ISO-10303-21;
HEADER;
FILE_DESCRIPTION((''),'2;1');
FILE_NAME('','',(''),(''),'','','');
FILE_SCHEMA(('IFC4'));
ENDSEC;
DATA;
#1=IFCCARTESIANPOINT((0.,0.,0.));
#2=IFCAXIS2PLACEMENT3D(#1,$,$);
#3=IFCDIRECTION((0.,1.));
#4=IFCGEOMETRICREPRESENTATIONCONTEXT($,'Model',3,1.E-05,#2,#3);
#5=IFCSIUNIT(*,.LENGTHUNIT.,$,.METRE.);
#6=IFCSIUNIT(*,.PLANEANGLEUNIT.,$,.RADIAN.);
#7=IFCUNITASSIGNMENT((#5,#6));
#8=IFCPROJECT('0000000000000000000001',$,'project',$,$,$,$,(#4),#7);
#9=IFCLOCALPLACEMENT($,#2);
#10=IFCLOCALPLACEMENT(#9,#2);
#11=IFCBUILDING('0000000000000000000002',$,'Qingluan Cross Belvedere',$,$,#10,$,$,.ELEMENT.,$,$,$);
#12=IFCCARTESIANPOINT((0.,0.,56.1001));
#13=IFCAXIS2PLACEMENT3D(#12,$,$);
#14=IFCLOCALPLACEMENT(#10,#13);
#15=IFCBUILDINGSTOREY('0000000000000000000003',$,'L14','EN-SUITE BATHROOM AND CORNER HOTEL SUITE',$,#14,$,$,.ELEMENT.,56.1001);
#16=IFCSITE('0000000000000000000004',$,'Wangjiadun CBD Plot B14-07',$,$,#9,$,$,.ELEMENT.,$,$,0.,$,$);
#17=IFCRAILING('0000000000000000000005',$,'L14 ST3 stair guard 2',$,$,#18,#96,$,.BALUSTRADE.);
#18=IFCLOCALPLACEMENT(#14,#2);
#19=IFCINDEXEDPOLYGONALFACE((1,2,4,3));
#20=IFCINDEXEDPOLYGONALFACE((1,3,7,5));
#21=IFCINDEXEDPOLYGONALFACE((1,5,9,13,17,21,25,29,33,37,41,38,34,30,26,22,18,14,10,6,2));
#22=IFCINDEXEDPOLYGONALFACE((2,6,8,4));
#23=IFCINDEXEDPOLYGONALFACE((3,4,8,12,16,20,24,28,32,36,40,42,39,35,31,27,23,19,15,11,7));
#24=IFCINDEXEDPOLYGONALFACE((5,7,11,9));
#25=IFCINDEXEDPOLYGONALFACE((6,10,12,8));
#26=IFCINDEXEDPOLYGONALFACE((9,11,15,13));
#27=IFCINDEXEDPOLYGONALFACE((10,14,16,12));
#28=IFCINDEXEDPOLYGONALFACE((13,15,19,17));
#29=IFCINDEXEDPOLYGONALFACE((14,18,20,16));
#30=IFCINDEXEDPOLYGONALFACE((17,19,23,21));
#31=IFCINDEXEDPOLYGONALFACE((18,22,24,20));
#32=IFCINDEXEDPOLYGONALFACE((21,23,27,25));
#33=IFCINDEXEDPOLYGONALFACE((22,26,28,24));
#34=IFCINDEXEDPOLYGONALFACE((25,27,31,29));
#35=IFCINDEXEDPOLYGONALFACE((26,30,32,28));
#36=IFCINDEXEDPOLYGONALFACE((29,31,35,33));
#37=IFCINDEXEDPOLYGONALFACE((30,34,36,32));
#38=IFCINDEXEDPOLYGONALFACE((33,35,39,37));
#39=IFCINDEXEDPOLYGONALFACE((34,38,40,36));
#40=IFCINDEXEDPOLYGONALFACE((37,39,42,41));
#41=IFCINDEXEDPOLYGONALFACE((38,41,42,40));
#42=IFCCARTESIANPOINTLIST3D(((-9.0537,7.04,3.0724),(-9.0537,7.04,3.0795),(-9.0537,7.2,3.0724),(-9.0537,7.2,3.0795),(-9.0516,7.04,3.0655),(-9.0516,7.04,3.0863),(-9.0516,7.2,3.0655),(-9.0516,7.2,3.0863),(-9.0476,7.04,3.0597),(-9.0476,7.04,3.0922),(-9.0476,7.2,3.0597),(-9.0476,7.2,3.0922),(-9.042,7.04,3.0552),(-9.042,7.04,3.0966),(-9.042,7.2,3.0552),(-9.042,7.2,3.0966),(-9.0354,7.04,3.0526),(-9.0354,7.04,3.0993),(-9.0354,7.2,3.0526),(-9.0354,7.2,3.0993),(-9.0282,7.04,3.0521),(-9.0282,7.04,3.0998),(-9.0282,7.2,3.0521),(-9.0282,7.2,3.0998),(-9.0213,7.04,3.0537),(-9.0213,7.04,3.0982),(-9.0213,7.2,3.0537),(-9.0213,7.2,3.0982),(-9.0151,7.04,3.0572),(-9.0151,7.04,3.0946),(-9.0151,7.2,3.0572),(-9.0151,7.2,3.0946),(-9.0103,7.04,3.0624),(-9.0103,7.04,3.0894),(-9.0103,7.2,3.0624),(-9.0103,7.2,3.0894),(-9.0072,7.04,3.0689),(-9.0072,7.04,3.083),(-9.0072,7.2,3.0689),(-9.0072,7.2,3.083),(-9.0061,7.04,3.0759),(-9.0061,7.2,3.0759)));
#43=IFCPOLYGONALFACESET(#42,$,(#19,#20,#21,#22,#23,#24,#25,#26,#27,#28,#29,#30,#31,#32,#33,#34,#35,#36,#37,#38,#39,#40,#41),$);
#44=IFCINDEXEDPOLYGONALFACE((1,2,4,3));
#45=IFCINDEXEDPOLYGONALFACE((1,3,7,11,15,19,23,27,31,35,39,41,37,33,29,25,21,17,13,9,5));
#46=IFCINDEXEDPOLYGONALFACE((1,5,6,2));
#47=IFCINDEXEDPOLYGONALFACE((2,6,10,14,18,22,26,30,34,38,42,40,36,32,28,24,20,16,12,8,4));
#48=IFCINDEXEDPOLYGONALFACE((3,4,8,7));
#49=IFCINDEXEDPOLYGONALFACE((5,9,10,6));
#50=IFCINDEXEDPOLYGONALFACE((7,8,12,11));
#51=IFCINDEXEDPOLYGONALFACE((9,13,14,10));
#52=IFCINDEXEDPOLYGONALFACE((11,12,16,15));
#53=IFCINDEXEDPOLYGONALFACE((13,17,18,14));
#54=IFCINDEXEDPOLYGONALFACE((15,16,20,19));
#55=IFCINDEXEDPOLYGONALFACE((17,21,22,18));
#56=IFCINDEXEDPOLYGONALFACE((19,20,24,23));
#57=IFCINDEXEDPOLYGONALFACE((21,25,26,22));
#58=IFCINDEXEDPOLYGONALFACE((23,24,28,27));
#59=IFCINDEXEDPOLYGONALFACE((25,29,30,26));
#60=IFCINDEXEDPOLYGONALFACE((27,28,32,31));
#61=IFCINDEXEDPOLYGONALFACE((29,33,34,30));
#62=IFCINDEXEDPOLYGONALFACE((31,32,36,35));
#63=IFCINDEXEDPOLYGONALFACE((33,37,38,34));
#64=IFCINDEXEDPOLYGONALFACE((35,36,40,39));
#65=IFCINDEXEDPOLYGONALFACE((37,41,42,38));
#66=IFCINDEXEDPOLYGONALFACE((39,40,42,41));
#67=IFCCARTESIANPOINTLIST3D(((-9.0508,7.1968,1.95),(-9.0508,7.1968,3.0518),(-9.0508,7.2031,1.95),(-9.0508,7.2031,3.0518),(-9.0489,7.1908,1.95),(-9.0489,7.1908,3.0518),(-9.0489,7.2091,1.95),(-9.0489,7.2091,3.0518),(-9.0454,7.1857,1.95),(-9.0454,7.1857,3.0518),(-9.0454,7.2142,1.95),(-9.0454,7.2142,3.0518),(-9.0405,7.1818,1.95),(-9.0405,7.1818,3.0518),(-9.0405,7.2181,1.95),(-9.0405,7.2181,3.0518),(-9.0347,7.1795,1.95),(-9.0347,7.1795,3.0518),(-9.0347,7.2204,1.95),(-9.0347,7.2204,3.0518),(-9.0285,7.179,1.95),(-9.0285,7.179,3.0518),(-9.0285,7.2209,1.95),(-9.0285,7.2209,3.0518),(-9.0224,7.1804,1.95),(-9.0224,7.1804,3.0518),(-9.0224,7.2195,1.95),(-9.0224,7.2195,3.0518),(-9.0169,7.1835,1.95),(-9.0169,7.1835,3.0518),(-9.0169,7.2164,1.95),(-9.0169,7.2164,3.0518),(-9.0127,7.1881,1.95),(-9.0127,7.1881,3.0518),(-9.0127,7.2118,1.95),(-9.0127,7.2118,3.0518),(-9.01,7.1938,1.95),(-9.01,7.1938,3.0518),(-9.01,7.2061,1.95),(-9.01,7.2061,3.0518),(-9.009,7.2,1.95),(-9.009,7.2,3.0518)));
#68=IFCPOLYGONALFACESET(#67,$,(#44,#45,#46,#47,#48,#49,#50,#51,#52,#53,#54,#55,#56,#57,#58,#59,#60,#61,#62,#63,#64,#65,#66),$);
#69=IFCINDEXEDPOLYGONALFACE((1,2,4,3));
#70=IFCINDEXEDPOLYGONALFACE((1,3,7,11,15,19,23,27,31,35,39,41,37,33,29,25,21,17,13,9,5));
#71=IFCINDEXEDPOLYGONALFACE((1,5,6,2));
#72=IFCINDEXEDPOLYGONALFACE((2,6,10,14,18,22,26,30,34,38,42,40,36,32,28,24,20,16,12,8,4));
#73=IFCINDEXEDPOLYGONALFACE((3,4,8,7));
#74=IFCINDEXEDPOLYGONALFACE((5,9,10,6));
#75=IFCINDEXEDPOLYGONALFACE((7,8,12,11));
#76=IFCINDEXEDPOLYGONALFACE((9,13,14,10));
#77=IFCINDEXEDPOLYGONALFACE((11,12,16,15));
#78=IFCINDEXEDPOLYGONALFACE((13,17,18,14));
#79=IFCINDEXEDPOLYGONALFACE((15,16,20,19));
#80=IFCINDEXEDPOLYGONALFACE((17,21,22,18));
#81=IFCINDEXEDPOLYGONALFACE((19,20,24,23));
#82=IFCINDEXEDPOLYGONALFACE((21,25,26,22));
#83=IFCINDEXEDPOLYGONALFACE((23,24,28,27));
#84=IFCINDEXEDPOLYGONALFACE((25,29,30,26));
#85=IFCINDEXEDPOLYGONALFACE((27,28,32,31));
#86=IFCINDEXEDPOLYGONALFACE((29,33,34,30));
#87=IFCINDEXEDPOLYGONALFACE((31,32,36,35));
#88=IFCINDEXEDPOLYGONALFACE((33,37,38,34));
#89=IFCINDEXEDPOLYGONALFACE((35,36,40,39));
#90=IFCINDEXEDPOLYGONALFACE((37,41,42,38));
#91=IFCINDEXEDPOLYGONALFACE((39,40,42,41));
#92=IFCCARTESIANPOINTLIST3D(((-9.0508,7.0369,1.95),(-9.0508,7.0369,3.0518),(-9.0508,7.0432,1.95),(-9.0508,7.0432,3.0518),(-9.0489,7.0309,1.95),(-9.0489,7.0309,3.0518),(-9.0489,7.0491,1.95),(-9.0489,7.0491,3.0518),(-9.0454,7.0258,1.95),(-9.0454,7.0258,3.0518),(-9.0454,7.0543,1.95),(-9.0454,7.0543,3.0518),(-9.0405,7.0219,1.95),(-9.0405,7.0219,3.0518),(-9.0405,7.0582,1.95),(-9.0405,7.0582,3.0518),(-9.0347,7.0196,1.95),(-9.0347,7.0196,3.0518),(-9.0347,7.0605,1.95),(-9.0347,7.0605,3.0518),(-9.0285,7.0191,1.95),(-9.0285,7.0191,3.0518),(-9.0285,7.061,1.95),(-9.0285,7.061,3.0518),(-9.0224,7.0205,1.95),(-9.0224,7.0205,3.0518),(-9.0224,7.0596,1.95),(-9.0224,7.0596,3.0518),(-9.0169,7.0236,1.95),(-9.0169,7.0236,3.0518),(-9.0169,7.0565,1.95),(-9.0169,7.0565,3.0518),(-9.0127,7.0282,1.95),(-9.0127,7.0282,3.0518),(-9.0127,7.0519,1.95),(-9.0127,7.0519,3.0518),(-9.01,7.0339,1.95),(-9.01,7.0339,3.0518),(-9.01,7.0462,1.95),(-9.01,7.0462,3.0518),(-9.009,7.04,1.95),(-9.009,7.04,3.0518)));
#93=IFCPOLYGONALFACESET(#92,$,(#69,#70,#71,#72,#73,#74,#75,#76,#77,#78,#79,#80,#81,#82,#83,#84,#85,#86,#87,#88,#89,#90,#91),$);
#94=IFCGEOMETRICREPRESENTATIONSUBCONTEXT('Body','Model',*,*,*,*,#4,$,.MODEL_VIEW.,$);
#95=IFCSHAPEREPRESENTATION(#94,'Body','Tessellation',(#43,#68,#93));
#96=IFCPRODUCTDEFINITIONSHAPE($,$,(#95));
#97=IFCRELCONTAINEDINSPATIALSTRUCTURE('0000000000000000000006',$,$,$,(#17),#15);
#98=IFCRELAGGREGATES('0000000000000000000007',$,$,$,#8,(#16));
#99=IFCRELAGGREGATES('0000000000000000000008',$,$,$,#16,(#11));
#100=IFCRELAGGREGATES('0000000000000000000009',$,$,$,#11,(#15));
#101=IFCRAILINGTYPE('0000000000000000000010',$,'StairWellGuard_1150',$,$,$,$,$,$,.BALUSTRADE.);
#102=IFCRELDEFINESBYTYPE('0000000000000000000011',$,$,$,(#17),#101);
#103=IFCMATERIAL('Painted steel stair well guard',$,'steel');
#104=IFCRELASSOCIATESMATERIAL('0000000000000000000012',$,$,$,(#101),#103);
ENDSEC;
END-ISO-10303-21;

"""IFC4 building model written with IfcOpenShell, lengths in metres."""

from ifc_helpers import new_model, si_unit, direction, frame, origin, origin_2d, place, context, subcontext, project, spatial, circle, extrude, material, type_object, element, save


model = new_model("IFC4")

# Units and contexts
model_context = context("Model", 3, precision=1e-05, world=origin(), true_north=direction((0.0, 1.0)))
body_context = subcontext(model_context, "Body", "Model", "MODEL_VIEW")
ifc_project = project(units=[si_unit("LENGTHUNIT", "METRE"), si_unit("PLANEANGLEUNIT", "RADIAN")], contexts=[model_context])

# Site, building, storey
site_placement = place(None, origin())
site = spatial("IfcSite", under=ifc_project, at=site_placement, Name="Wangjiadun CBD Plot B14-07", CompositionType="ELEMENT", RefElevation=0.0)
building_placement = place(site_placement, origin())
building = spatial("IfcBuilding", under=site, at=building_placement, Name="Qingluan Cross Belvedere", CompositionType="ELEMENT")
storey_placement = place(building_placement, frame((0.0, 0.0, 56.1001)))
storey = spatial("IfcBuildingStorey", under=building, at=storey_placement, Name="L14", Description="EN-SUITE BATHROOM AND CORNER HOTEL SUITE", CompositionType="ELEMENT", Elevation=56.1001)

# Railing
ifc_material_1 = material(Name="Painted steel stair well guard", Category="steel")
railing_type_1 = type_object("IfcRailingType", Name="StairWellGuard_1150", PredefinedType="BALUSTRADE", material=ifc_material_1)
railing_1_placement = place(storey_placement, frame((-9.03, 7.2, 1.95)))
element("IfcRailing", 1, at=railing_1_placement, inside=storey, type_object=railing_type_1, Name="L14 ST3 stair guard 2", PredefinedType="BALUSTRADE", context=body_context, shape_type="SweptSolid", body=[
    extrude(circle(Radius=0.0239, at=origin_2d()), frame((0.0, 0.0, 1.126), z_axis=(0.0, -1.0, 0.0), x_axis=(1.0, 0.0, 0.0)), (0.0, 0.0, 1.0), 0.1599),
    extrude(circle(Radius=0.021, at=origin_2d()), origin(), (0.0, 0.0, 1.0), 1.1018),
    extrude(circle(Radius=0.021, at=origin_2d()), frame((0.0, -0.1599, 0.0)), (0.0, 0.0, 1.0), 1.1018),
])

save(model, "model.ifc")
